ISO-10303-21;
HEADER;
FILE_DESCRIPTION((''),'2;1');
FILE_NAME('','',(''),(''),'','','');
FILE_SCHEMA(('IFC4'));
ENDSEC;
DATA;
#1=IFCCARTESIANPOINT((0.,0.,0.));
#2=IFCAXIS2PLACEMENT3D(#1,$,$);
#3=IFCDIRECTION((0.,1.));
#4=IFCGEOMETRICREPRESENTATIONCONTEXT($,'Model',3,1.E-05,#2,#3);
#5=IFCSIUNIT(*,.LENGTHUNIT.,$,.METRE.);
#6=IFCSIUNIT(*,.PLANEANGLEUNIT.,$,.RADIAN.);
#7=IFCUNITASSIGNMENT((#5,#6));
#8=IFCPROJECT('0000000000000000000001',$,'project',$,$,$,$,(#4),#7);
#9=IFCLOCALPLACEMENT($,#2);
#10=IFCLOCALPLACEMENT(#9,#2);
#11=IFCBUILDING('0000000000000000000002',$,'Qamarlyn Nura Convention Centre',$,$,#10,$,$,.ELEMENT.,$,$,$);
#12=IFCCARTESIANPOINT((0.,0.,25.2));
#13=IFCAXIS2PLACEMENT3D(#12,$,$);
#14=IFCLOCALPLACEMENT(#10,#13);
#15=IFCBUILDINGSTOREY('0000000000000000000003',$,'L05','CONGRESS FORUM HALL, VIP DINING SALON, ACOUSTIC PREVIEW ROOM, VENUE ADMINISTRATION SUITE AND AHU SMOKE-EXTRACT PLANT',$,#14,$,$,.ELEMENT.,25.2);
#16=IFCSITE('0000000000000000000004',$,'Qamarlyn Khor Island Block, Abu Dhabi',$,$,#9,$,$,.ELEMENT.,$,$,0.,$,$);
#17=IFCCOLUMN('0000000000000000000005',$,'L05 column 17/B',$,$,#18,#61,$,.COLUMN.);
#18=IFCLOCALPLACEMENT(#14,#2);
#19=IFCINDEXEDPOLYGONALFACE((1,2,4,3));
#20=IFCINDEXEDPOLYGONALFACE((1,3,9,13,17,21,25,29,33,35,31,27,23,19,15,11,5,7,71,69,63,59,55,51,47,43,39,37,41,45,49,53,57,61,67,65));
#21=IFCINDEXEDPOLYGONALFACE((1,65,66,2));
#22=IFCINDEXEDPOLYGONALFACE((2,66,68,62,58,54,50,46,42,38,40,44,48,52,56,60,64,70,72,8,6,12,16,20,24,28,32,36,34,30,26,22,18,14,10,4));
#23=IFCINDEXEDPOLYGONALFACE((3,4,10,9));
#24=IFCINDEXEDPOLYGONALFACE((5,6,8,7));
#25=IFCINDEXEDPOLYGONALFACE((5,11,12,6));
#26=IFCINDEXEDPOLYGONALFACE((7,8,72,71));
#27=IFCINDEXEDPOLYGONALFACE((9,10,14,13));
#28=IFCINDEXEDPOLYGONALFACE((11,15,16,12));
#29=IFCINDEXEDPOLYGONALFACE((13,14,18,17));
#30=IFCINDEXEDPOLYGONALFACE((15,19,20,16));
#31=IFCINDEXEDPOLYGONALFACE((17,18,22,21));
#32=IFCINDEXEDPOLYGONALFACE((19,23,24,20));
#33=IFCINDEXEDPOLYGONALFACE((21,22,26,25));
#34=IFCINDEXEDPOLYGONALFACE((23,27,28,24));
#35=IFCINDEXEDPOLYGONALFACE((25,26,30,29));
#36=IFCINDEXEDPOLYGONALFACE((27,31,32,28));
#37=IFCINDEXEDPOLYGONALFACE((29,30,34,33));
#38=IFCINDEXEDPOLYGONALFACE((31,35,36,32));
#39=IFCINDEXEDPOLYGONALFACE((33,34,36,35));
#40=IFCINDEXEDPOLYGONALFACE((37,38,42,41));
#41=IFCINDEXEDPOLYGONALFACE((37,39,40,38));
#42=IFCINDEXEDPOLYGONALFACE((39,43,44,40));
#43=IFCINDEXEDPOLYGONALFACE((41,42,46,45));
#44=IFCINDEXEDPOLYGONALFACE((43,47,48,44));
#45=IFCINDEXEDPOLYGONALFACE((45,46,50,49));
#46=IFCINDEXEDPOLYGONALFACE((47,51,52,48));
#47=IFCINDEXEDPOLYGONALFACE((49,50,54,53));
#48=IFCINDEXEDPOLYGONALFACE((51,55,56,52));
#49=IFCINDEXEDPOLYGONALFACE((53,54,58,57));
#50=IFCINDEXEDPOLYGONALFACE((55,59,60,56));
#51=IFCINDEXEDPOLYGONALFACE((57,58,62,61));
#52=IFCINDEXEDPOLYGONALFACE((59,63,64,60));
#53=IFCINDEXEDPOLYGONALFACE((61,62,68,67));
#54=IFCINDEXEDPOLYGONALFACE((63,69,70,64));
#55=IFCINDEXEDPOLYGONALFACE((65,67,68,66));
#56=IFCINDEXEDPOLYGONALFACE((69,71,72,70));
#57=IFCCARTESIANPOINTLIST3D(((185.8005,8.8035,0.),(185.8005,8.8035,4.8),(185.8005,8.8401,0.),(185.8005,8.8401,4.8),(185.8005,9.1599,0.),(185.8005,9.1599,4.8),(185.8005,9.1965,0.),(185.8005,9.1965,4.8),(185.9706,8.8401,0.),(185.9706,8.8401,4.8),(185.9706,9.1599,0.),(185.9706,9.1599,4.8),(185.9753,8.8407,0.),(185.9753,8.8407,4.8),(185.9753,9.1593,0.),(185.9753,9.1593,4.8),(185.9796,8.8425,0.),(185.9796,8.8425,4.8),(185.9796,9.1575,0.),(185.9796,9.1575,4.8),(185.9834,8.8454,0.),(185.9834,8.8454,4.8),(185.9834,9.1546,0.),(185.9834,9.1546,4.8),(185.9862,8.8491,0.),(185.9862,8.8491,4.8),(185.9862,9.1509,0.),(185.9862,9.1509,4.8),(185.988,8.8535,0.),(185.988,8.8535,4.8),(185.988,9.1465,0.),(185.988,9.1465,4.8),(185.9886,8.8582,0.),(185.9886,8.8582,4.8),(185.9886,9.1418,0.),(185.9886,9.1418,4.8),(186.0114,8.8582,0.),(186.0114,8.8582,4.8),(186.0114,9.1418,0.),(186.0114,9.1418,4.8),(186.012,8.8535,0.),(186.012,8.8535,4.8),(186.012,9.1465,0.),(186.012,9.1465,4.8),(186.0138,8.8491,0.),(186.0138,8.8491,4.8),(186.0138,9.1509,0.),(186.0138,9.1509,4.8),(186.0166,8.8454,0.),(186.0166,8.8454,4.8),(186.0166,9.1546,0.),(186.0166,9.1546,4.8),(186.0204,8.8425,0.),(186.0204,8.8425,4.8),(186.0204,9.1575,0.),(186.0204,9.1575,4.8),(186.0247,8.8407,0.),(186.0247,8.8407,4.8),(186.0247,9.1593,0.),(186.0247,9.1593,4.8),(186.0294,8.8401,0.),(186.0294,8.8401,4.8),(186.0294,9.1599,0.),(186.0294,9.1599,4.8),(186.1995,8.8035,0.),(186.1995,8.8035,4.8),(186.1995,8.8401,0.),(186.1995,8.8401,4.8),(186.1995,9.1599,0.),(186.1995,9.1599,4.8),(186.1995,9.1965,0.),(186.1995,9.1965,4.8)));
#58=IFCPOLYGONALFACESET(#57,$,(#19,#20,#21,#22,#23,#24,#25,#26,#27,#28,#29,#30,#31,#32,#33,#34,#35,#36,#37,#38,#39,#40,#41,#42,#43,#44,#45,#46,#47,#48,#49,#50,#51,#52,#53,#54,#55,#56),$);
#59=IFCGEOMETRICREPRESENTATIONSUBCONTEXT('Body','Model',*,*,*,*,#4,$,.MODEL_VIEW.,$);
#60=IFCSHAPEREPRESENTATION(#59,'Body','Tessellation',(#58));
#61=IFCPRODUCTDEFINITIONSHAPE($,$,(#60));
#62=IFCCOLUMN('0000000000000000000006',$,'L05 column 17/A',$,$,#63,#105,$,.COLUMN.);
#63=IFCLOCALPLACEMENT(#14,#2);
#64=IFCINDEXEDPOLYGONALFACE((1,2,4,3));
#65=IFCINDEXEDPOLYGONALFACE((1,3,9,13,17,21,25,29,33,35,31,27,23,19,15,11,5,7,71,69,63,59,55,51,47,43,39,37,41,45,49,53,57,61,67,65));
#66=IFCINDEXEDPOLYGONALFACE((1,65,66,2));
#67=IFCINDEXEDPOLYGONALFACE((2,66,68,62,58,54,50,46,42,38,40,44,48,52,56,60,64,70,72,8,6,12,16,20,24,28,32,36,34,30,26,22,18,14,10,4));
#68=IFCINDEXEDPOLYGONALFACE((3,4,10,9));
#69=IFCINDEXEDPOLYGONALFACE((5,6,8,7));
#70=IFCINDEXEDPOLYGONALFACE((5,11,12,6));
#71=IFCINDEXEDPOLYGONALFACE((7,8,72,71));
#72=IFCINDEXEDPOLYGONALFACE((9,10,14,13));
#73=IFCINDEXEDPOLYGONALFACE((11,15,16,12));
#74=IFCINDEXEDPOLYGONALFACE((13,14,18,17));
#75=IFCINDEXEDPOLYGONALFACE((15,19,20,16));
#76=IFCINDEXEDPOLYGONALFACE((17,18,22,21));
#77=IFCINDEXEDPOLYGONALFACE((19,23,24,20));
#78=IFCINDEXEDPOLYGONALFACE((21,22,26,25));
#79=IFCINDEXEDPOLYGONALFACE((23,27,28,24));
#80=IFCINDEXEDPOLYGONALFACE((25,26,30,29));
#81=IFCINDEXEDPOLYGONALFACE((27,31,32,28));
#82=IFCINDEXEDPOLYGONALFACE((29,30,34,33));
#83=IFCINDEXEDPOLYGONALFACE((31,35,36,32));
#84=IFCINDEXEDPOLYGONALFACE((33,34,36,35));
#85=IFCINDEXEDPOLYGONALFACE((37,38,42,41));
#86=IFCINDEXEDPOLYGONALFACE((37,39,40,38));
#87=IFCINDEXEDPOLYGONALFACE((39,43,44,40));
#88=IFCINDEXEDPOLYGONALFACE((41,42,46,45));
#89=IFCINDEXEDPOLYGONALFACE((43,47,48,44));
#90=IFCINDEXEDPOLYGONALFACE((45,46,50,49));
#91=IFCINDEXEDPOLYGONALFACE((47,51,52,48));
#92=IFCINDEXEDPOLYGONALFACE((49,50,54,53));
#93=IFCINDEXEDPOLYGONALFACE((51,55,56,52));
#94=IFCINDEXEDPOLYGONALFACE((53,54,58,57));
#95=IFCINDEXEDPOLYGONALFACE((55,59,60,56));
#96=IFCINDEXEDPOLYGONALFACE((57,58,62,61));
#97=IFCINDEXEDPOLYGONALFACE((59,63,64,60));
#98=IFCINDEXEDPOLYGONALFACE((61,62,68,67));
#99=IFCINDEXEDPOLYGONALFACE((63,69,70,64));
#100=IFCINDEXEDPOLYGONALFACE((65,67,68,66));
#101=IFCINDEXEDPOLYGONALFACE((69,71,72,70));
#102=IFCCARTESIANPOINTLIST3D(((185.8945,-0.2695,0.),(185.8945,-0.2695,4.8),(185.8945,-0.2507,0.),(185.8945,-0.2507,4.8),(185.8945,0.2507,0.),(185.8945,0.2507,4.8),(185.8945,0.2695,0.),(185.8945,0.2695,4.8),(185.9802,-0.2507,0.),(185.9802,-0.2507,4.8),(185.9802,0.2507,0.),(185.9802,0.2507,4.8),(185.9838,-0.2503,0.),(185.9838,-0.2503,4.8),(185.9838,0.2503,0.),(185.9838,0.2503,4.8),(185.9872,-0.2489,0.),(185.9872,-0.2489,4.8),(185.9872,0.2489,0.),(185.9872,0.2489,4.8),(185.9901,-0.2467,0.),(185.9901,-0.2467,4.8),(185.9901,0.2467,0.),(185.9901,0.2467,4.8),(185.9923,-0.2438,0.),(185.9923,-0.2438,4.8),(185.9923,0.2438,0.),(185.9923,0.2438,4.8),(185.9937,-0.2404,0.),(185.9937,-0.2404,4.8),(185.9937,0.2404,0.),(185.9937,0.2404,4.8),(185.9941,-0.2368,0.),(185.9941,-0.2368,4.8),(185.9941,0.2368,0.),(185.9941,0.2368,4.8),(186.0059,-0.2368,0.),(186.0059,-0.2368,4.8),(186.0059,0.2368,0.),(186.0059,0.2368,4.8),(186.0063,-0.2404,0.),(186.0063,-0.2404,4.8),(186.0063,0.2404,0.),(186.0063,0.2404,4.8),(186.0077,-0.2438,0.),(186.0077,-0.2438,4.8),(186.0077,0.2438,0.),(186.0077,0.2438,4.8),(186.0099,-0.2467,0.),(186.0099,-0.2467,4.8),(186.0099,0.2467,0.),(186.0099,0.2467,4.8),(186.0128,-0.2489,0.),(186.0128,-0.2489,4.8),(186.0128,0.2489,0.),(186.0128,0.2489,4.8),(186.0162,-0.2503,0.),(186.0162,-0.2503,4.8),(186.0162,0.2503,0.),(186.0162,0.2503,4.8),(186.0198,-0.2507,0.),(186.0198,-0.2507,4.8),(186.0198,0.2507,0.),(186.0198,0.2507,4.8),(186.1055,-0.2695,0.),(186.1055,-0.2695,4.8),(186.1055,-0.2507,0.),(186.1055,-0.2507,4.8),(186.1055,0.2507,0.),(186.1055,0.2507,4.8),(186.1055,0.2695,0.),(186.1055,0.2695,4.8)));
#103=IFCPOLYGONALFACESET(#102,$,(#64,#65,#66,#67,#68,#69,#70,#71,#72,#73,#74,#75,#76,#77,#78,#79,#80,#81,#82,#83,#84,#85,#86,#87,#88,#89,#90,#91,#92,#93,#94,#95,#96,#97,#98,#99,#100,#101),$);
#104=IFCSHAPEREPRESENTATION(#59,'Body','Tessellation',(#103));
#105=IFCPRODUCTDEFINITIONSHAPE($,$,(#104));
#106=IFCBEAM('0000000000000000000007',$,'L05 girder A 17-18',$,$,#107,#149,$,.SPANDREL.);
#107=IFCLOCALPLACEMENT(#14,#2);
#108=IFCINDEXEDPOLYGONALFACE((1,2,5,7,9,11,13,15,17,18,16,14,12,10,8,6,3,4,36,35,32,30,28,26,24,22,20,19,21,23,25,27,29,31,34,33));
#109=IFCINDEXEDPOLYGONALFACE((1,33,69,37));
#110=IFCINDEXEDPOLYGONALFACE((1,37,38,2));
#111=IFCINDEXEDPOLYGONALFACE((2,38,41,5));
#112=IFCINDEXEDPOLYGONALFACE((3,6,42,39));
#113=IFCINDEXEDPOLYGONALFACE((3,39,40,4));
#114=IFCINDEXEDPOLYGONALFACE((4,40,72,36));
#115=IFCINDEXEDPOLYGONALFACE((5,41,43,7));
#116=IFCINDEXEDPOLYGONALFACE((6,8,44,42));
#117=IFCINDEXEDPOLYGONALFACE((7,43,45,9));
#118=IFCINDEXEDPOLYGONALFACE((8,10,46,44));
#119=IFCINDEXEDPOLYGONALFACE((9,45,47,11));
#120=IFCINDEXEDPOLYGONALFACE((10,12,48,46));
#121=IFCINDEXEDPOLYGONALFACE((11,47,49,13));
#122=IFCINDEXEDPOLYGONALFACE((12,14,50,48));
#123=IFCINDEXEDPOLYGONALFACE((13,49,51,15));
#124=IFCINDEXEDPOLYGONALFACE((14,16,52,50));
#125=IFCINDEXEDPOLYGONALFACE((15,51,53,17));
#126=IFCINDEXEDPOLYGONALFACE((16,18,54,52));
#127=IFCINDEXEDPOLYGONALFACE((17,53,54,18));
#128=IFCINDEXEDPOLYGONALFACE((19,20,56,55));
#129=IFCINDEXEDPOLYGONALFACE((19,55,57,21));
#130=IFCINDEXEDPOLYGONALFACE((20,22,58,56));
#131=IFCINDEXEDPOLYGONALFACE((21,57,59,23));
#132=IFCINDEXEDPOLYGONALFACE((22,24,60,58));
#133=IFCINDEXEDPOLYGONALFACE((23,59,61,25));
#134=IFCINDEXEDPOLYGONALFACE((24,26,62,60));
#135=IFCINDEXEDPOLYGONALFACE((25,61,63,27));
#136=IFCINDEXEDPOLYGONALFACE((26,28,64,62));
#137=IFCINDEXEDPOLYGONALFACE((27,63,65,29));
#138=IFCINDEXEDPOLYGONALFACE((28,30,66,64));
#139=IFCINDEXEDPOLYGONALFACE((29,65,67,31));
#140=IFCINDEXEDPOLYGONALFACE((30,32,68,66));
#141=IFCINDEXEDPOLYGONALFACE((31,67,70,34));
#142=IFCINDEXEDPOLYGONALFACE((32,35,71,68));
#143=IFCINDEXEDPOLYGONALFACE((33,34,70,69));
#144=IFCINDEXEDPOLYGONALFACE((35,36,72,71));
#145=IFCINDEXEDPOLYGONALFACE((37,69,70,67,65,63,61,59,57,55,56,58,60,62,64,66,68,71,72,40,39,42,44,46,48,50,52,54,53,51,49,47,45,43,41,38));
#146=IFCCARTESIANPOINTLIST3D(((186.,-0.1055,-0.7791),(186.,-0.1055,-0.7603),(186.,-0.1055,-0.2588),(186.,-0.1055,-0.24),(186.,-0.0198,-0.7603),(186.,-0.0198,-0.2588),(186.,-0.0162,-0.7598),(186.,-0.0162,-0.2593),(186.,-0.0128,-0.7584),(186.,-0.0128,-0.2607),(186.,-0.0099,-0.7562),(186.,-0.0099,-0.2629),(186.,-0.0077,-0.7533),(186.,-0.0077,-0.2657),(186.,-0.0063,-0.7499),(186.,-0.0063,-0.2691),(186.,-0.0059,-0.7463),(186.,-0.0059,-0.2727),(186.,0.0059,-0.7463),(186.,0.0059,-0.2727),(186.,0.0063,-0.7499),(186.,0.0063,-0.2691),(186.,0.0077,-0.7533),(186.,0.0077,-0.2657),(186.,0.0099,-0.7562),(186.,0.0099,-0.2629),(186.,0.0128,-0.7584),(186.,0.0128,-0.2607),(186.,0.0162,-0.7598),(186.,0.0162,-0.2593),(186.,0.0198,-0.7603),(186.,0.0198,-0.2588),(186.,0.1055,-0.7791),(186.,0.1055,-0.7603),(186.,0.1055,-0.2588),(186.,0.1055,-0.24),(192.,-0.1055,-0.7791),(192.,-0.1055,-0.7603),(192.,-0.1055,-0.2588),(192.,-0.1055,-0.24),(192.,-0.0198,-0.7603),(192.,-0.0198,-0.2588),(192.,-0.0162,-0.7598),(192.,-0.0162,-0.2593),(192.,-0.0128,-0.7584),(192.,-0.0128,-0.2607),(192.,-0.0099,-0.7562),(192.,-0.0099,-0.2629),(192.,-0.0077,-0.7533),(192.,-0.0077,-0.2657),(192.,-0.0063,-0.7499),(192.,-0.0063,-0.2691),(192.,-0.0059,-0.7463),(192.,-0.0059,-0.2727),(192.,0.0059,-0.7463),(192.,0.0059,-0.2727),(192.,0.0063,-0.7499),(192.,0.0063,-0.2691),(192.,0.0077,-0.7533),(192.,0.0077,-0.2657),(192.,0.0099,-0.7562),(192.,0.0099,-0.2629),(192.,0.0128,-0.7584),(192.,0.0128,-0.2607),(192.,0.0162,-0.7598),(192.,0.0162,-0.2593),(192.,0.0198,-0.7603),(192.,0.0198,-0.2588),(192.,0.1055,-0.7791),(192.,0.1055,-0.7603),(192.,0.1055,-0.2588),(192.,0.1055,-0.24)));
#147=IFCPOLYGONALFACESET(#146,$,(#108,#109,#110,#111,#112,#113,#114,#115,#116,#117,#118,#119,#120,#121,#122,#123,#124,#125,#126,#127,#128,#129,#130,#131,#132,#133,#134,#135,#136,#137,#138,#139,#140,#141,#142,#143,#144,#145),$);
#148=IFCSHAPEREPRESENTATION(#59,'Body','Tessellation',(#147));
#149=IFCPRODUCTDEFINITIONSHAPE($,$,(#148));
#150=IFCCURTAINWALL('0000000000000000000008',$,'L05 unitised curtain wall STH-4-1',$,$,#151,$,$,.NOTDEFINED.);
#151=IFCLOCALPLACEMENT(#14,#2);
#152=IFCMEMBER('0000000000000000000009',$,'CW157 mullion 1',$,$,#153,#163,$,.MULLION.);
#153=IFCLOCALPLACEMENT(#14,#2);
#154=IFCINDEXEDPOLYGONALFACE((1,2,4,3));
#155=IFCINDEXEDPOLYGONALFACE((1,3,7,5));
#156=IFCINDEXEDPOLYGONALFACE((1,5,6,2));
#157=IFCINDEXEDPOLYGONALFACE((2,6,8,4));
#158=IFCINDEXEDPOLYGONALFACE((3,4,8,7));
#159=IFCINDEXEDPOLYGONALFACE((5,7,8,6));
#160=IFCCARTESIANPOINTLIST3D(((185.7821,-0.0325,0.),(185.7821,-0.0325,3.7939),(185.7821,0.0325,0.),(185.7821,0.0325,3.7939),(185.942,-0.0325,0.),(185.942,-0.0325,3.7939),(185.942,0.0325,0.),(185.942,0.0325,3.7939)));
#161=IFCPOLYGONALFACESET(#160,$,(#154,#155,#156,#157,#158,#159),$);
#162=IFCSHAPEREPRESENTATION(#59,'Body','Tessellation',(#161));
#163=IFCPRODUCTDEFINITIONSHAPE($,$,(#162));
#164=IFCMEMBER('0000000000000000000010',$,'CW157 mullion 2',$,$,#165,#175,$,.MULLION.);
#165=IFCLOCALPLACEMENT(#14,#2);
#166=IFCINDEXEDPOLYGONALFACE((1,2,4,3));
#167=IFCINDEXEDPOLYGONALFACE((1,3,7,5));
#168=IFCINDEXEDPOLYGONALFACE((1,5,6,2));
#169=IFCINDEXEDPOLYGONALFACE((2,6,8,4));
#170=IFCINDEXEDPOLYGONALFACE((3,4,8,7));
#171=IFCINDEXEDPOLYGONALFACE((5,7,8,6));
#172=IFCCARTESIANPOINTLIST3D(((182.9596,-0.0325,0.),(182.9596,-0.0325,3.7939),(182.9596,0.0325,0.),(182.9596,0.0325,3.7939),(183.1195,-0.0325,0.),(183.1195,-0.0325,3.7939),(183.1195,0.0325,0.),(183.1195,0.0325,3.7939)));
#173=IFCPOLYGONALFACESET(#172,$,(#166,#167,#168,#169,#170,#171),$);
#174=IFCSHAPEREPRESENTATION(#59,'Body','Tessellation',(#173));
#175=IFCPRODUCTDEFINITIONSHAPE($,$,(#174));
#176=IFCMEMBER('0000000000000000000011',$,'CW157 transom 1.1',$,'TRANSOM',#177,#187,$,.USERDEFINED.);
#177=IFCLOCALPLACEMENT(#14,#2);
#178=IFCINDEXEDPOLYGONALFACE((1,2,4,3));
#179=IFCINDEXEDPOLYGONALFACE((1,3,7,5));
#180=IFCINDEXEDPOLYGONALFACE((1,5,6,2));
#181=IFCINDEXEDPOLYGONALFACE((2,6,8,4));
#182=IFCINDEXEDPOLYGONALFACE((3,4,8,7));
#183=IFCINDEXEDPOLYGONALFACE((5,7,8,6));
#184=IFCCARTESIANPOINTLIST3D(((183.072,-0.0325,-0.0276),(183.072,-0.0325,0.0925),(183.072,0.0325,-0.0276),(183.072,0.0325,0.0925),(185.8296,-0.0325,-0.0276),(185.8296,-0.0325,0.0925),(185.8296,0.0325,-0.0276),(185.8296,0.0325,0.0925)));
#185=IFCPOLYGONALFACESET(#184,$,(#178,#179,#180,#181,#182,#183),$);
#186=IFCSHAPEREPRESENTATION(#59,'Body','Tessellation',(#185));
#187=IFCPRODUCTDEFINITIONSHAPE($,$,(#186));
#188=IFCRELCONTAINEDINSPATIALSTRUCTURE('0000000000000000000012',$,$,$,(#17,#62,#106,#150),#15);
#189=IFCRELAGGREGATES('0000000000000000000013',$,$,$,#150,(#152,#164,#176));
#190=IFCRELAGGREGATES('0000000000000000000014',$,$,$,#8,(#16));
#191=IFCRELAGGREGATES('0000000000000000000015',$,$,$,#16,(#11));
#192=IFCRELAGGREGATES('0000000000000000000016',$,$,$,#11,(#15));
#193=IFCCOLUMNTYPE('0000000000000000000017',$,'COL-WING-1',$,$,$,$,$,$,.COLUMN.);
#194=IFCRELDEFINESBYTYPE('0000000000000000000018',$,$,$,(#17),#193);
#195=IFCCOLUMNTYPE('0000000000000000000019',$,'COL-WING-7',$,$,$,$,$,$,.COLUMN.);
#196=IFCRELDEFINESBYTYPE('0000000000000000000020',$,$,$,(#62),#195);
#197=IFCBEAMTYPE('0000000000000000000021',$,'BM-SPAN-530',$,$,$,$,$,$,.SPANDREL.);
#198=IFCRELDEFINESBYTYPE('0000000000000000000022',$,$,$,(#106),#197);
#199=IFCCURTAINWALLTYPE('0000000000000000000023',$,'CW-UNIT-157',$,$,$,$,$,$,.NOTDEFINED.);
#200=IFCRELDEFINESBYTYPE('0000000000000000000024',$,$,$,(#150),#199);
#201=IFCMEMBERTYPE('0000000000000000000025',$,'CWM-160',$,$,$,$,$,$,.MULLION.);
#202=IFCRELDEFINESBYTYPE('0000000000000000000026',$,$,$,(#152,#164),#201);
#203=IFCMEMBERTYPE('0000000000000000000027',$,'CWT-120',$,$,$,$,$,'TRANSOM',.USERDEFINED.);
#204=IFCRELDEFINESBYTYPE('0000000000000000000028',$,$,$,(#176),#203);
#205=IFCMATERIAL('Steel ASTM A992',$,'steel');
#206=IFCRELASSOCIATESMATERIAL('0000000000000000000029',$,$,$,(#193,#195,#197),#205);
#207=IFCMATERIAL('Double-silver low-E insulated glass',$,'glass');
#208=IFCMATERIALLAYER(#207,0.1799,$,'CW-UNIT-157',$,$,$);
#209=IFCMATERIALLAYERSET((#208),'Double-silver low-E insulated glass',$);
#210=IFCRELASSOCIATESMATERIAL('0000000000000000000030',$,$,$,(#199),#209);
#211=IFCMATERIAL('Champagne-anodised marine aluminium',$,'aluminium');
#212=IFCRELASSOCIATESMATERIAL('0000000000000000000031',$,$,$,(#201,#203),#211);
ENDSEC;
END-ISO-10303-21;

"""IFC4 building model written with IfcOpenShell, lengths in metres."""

from ifc_helpers import new_model, si_unit, direction, frame, origin, origin_2d, place, context, subcontext, project, spatial, rectangle, i_section, extrude, material, layer, layer_set, material_profile, profile_set, type_object, element, aggregate, save


model = new_model("IFC4")

# Units and contexts
model_context = context("Model", 3, precision=1e-05, world=origin(), true_north=direction((0.0, 1.0)))
body_context = subcontext(model_context, "Body", "Model", "MODEL_VIEW")
ifc_project = project(units=[si_unit("LENGTHUNIT", "METRE"), si_unit("PLANEANGLEUNIT", "RADIAN")], contexts=[model_context])

# Site, building, storey
site_placement = place(None, origin())
site = spatial("IfcSite", under=ifc_project, at=site_placement, Name="Qamarlyn Khor Island Block, Abu Dhabi", CompositionType="ELEMENT", RefElevation=0.0)
building_placement = place(site_placement, origin())
building = spatial("IfcBuilding", under=site, at=building_placement, Name="Qamarlyn Nura Convention Centre", CompositionType="ELEMENT")
storey_placement = place(building_placement, frame((0.0, 0.0, 25.2)))
storey = spatial("IfcBuildingStorey", under=building, at=storey_placement, Name="L05", Description="CONGRESS FORUM HALL, VIP DINING SALON, ACOUSTIC PREVIEW ROOM, VENUE ADMINISTRATION SUITE AND AHU SMOKE-EXTRACT PLANT", CompositionType="ELEMENT", Elevation=25.2)

# Columns
ifc_material_1 = material(Name="Steel ASTM A992", Category="steel")
ifc_material_profile_1 = material_profile(ifc_material_1, i_section(OverallWidth=0.3989, OverallDepth=0.3931, WebThickness=0.0227, FlangeThickness=0.0366, FilletRadius=0.0181, at=origin_2d()), Name="W360X287")
ifc_profile_set_1 = profile_set([ifc_material_profile_1], Name="Steel ASTM A992")
column_type_1 = type_object("IfcColumnType", Name="COL-WING-1", PredefinedType="COLUMN", material=ifc_profile_set_1)
column_1_placement = place(storey_placement, frame((186.0, 9.0, 0.0), z_axis=(0.0, 0.0, 1.0), x_axis=(1.0, 0.0, 0.0)))
element("IfcColumn", 1, at=column_1_placement, inside=storey, type_object=column_type_1, Name="L05 column 17/B", PredefinedType="COLUMN", context=body_context, shape_type="SweptSolid", body=[
    extrude(i_section(OverallWidth=0.3989, OverallDepth=0.3931, WebThickness=0.0227, FlangeThickness=0.0366, FilletRadius=0.0181, at=origin_2d()), origin(), (0.0, 0.0, 1.0), 4.8),
])
ifc_material_profile_2 = material_profile(ifc_material_1, i_section(OverallWidth=0.2109, OverallDepth=0.5391, WebThickness=0.0117, FlangeThickness=0.0188, FilletRadius=0.0139, at=origin_2d()), Name="W530X109")
ifc_profile_set_2 = profile_set([ifc_material_profile_2], Name="Steel ASTM A992")
column_type_2 = type_object("IfcColumnType", Name="COL-WING-7", PredefinedType="COLUMN", material=ifc_profile_set_2)
column_2_placement = place(storey_placement, frame((186.0, 0.0, 0.0), z_axis=(0.0, 0.0, 1.0), x_axis=(1.0, 0.0, 0.0)))
element("IfcColumn", 2, at=column_2_placement, inside=storey, type_object=column_type_2, Name="L05 column 17/A", PredefinedType="COLUMN", context=body_context, shape_type="SweptSolid", body=[
    extrude(i_section(OverallWidth=0.2109, OverallDepth=0.5391, WebThickness=0.0117, FlangeThickness=0.0188, FilletRadius=0.0139, at=origin_2d()), origin(), (0.0, 0.0, 1.0), 4.8),
])

# Beam
ifc_material_profile_3 = material_profile(ifc_material_1, i_section(OverallWidth=0.2109, OverallDepth=0.5391, WebThickness=0.0117, FlangeThickness=0.0188, FilletRadius=0.0139, at=origin_2d()), Name="W530X109")
ifc_profile_set_3 = profile_set([ifc_material_profile_3], Name="Steel ASTM A992")
beam_type = type_object("IfcBeamType", Name="BM-SPAN-530", PredefinedType="SPANDREL", material=ifc_profile_set_3)
beam_placement = place(storey_placement, frame((186.0, 0.0, -0.5095), z_axis=(1.0, 0.0, 0.0), x_axis=(0.0, 1.0, 0.0)))
element("IfcBeam", 3, at=beam_placement, inside=storey, type_object=beam_type, Name="L05 girder A 17-18", PredefinedType="SPANDREL", context=body_context, shape_type="SweptSolid", body=[
    extrude(i_section(OverallWidth=0.2109, OverallDepth=0.5391, WebThickness=0.0117, FlangeThickness=0.0188, FilletRadius=0.0139, at=origin_2d()), origin(), (0.0, 0.0, 1.0), 6.0),
])

# Curtain wall, members
ifc_material_2 = material(Name="Double-silver low-E insulated glass", Category="glass")
ifc_layer_1 = layer(ifc_material_2, 0.1799, Name="CW-UNIT-157")
ifc_layer_set_1 = layer_set([ifc_layer_1], Name="Double-silver low-E insulated glass")
curtain_wall_type = type_object("IfcCurtainWallType", Name="CW-UNIT-157", PredefinedType="NOTDEFINED", material=ifc_layer_set_1)
curtain_wall_placement = place(storey_placement, origin())
curtain_wall = element("IfcCurtainWall", 4, at=curtain_wall_placement, inside=storey, type_object=curtain_wall_type, Name="L05 unitised curtain wall STH-4-1", PredefinedType="NOTDEFINED")
ifc_material_3 = material(Name="Champagne-anodised marine aluminium", Category="aluminium")
ifc_material_profile_4 = material_profile(ifc_material_3, rectangle(XDim=0.0649, YDim=0.1599, at=origin_2d()), Name="ALU MULLION 65x160")
ifc_profile_set_4 = profile_set([ifc_material_profile_4], Name="Champagne-anodised marine aluminium")
member_type_1 = type_object("IfcMemberType", Name="CWM-160", PredefinedType="MULLION", material=ifc_profile_set_4)
member_1_placement = place(storey_placement, frame((185.8621, 0.0, 0.0), z_axis=(0.0, 0.0, 1.0), x_axis=(0.0, -1.0, 0.0)))
member_1 = element("IfcMember", 5, at=member_1_placement, type_object=member_type_1, Name="CW157 mullion 1", PredefinedType="MULLION", context=body_context, shape_type="SweptSolid", body=[
    extrude(rectangle(XDim=0.0649, YDim=0.1599, at=origin_2d()), origin(), (0.0, 0.0, 1.0), 3.7939),
])
member_2_placement = place(storey_placement, frame((183.0396, 0.0, 0.0), z_axis=(0.0, 0.0, 1.0), x_axis=(0.0, -1.0, 0.0)))
member_2 = element("IfcMember", 6, at=member_2_placement, type_object=member_type_1, Name="CW157 mullion 2", PredefinedType="MULLION", context=body_context, shape_type="SweptSolid", body=[
    extrude(rectangle(XDim=0.0649, YDim=0.1599, at=origin_2d()), origin(), (0.0, 0.0, 1.0), 3.7939),
])
ifc_material_profile_5 = material_profile(ifc_material_3, rectangle(XDim=0.0649, YDim=0.1201, at=origin_2d()), Name="ALU TRANSOM 65x120")
ifc_profile_set_5 = profile_set([ifc_material_profile_5], Name="Champagne-anodised marine aluminium")
member_type_2 = type_object("IfcMemberType", Name="CWT-120", ElementType="TRANSOM", PredefinedType="USERDEFINED", material=ifc_profile_set_5)
member_3_placement = place(storey_placement, frame((185.8296, 0.0, 0.0325), z_axis=(-1.0, 0.0, 0.0), x_axis=(0.0, -1.0, 0.0)))
member_3 = element("IfcMember", 7, at=member_3_placement, type_object=member_type_2, Name="CW157 transom 1.1", ObjectType="TRANSOM", PredefinedType="USERDEFINED", context=body_context, shape_type="SweptSolid", body=[
    extrude(rectangle(XDim=0.0649, YDim=0.1201, at=origin_2d()), origin(), (0.0, 0.0, 1.0), 2.7576),
])
aggregate(curtain_wall, [member_1, member_2, member_3])

save(model, "model.ifc")
